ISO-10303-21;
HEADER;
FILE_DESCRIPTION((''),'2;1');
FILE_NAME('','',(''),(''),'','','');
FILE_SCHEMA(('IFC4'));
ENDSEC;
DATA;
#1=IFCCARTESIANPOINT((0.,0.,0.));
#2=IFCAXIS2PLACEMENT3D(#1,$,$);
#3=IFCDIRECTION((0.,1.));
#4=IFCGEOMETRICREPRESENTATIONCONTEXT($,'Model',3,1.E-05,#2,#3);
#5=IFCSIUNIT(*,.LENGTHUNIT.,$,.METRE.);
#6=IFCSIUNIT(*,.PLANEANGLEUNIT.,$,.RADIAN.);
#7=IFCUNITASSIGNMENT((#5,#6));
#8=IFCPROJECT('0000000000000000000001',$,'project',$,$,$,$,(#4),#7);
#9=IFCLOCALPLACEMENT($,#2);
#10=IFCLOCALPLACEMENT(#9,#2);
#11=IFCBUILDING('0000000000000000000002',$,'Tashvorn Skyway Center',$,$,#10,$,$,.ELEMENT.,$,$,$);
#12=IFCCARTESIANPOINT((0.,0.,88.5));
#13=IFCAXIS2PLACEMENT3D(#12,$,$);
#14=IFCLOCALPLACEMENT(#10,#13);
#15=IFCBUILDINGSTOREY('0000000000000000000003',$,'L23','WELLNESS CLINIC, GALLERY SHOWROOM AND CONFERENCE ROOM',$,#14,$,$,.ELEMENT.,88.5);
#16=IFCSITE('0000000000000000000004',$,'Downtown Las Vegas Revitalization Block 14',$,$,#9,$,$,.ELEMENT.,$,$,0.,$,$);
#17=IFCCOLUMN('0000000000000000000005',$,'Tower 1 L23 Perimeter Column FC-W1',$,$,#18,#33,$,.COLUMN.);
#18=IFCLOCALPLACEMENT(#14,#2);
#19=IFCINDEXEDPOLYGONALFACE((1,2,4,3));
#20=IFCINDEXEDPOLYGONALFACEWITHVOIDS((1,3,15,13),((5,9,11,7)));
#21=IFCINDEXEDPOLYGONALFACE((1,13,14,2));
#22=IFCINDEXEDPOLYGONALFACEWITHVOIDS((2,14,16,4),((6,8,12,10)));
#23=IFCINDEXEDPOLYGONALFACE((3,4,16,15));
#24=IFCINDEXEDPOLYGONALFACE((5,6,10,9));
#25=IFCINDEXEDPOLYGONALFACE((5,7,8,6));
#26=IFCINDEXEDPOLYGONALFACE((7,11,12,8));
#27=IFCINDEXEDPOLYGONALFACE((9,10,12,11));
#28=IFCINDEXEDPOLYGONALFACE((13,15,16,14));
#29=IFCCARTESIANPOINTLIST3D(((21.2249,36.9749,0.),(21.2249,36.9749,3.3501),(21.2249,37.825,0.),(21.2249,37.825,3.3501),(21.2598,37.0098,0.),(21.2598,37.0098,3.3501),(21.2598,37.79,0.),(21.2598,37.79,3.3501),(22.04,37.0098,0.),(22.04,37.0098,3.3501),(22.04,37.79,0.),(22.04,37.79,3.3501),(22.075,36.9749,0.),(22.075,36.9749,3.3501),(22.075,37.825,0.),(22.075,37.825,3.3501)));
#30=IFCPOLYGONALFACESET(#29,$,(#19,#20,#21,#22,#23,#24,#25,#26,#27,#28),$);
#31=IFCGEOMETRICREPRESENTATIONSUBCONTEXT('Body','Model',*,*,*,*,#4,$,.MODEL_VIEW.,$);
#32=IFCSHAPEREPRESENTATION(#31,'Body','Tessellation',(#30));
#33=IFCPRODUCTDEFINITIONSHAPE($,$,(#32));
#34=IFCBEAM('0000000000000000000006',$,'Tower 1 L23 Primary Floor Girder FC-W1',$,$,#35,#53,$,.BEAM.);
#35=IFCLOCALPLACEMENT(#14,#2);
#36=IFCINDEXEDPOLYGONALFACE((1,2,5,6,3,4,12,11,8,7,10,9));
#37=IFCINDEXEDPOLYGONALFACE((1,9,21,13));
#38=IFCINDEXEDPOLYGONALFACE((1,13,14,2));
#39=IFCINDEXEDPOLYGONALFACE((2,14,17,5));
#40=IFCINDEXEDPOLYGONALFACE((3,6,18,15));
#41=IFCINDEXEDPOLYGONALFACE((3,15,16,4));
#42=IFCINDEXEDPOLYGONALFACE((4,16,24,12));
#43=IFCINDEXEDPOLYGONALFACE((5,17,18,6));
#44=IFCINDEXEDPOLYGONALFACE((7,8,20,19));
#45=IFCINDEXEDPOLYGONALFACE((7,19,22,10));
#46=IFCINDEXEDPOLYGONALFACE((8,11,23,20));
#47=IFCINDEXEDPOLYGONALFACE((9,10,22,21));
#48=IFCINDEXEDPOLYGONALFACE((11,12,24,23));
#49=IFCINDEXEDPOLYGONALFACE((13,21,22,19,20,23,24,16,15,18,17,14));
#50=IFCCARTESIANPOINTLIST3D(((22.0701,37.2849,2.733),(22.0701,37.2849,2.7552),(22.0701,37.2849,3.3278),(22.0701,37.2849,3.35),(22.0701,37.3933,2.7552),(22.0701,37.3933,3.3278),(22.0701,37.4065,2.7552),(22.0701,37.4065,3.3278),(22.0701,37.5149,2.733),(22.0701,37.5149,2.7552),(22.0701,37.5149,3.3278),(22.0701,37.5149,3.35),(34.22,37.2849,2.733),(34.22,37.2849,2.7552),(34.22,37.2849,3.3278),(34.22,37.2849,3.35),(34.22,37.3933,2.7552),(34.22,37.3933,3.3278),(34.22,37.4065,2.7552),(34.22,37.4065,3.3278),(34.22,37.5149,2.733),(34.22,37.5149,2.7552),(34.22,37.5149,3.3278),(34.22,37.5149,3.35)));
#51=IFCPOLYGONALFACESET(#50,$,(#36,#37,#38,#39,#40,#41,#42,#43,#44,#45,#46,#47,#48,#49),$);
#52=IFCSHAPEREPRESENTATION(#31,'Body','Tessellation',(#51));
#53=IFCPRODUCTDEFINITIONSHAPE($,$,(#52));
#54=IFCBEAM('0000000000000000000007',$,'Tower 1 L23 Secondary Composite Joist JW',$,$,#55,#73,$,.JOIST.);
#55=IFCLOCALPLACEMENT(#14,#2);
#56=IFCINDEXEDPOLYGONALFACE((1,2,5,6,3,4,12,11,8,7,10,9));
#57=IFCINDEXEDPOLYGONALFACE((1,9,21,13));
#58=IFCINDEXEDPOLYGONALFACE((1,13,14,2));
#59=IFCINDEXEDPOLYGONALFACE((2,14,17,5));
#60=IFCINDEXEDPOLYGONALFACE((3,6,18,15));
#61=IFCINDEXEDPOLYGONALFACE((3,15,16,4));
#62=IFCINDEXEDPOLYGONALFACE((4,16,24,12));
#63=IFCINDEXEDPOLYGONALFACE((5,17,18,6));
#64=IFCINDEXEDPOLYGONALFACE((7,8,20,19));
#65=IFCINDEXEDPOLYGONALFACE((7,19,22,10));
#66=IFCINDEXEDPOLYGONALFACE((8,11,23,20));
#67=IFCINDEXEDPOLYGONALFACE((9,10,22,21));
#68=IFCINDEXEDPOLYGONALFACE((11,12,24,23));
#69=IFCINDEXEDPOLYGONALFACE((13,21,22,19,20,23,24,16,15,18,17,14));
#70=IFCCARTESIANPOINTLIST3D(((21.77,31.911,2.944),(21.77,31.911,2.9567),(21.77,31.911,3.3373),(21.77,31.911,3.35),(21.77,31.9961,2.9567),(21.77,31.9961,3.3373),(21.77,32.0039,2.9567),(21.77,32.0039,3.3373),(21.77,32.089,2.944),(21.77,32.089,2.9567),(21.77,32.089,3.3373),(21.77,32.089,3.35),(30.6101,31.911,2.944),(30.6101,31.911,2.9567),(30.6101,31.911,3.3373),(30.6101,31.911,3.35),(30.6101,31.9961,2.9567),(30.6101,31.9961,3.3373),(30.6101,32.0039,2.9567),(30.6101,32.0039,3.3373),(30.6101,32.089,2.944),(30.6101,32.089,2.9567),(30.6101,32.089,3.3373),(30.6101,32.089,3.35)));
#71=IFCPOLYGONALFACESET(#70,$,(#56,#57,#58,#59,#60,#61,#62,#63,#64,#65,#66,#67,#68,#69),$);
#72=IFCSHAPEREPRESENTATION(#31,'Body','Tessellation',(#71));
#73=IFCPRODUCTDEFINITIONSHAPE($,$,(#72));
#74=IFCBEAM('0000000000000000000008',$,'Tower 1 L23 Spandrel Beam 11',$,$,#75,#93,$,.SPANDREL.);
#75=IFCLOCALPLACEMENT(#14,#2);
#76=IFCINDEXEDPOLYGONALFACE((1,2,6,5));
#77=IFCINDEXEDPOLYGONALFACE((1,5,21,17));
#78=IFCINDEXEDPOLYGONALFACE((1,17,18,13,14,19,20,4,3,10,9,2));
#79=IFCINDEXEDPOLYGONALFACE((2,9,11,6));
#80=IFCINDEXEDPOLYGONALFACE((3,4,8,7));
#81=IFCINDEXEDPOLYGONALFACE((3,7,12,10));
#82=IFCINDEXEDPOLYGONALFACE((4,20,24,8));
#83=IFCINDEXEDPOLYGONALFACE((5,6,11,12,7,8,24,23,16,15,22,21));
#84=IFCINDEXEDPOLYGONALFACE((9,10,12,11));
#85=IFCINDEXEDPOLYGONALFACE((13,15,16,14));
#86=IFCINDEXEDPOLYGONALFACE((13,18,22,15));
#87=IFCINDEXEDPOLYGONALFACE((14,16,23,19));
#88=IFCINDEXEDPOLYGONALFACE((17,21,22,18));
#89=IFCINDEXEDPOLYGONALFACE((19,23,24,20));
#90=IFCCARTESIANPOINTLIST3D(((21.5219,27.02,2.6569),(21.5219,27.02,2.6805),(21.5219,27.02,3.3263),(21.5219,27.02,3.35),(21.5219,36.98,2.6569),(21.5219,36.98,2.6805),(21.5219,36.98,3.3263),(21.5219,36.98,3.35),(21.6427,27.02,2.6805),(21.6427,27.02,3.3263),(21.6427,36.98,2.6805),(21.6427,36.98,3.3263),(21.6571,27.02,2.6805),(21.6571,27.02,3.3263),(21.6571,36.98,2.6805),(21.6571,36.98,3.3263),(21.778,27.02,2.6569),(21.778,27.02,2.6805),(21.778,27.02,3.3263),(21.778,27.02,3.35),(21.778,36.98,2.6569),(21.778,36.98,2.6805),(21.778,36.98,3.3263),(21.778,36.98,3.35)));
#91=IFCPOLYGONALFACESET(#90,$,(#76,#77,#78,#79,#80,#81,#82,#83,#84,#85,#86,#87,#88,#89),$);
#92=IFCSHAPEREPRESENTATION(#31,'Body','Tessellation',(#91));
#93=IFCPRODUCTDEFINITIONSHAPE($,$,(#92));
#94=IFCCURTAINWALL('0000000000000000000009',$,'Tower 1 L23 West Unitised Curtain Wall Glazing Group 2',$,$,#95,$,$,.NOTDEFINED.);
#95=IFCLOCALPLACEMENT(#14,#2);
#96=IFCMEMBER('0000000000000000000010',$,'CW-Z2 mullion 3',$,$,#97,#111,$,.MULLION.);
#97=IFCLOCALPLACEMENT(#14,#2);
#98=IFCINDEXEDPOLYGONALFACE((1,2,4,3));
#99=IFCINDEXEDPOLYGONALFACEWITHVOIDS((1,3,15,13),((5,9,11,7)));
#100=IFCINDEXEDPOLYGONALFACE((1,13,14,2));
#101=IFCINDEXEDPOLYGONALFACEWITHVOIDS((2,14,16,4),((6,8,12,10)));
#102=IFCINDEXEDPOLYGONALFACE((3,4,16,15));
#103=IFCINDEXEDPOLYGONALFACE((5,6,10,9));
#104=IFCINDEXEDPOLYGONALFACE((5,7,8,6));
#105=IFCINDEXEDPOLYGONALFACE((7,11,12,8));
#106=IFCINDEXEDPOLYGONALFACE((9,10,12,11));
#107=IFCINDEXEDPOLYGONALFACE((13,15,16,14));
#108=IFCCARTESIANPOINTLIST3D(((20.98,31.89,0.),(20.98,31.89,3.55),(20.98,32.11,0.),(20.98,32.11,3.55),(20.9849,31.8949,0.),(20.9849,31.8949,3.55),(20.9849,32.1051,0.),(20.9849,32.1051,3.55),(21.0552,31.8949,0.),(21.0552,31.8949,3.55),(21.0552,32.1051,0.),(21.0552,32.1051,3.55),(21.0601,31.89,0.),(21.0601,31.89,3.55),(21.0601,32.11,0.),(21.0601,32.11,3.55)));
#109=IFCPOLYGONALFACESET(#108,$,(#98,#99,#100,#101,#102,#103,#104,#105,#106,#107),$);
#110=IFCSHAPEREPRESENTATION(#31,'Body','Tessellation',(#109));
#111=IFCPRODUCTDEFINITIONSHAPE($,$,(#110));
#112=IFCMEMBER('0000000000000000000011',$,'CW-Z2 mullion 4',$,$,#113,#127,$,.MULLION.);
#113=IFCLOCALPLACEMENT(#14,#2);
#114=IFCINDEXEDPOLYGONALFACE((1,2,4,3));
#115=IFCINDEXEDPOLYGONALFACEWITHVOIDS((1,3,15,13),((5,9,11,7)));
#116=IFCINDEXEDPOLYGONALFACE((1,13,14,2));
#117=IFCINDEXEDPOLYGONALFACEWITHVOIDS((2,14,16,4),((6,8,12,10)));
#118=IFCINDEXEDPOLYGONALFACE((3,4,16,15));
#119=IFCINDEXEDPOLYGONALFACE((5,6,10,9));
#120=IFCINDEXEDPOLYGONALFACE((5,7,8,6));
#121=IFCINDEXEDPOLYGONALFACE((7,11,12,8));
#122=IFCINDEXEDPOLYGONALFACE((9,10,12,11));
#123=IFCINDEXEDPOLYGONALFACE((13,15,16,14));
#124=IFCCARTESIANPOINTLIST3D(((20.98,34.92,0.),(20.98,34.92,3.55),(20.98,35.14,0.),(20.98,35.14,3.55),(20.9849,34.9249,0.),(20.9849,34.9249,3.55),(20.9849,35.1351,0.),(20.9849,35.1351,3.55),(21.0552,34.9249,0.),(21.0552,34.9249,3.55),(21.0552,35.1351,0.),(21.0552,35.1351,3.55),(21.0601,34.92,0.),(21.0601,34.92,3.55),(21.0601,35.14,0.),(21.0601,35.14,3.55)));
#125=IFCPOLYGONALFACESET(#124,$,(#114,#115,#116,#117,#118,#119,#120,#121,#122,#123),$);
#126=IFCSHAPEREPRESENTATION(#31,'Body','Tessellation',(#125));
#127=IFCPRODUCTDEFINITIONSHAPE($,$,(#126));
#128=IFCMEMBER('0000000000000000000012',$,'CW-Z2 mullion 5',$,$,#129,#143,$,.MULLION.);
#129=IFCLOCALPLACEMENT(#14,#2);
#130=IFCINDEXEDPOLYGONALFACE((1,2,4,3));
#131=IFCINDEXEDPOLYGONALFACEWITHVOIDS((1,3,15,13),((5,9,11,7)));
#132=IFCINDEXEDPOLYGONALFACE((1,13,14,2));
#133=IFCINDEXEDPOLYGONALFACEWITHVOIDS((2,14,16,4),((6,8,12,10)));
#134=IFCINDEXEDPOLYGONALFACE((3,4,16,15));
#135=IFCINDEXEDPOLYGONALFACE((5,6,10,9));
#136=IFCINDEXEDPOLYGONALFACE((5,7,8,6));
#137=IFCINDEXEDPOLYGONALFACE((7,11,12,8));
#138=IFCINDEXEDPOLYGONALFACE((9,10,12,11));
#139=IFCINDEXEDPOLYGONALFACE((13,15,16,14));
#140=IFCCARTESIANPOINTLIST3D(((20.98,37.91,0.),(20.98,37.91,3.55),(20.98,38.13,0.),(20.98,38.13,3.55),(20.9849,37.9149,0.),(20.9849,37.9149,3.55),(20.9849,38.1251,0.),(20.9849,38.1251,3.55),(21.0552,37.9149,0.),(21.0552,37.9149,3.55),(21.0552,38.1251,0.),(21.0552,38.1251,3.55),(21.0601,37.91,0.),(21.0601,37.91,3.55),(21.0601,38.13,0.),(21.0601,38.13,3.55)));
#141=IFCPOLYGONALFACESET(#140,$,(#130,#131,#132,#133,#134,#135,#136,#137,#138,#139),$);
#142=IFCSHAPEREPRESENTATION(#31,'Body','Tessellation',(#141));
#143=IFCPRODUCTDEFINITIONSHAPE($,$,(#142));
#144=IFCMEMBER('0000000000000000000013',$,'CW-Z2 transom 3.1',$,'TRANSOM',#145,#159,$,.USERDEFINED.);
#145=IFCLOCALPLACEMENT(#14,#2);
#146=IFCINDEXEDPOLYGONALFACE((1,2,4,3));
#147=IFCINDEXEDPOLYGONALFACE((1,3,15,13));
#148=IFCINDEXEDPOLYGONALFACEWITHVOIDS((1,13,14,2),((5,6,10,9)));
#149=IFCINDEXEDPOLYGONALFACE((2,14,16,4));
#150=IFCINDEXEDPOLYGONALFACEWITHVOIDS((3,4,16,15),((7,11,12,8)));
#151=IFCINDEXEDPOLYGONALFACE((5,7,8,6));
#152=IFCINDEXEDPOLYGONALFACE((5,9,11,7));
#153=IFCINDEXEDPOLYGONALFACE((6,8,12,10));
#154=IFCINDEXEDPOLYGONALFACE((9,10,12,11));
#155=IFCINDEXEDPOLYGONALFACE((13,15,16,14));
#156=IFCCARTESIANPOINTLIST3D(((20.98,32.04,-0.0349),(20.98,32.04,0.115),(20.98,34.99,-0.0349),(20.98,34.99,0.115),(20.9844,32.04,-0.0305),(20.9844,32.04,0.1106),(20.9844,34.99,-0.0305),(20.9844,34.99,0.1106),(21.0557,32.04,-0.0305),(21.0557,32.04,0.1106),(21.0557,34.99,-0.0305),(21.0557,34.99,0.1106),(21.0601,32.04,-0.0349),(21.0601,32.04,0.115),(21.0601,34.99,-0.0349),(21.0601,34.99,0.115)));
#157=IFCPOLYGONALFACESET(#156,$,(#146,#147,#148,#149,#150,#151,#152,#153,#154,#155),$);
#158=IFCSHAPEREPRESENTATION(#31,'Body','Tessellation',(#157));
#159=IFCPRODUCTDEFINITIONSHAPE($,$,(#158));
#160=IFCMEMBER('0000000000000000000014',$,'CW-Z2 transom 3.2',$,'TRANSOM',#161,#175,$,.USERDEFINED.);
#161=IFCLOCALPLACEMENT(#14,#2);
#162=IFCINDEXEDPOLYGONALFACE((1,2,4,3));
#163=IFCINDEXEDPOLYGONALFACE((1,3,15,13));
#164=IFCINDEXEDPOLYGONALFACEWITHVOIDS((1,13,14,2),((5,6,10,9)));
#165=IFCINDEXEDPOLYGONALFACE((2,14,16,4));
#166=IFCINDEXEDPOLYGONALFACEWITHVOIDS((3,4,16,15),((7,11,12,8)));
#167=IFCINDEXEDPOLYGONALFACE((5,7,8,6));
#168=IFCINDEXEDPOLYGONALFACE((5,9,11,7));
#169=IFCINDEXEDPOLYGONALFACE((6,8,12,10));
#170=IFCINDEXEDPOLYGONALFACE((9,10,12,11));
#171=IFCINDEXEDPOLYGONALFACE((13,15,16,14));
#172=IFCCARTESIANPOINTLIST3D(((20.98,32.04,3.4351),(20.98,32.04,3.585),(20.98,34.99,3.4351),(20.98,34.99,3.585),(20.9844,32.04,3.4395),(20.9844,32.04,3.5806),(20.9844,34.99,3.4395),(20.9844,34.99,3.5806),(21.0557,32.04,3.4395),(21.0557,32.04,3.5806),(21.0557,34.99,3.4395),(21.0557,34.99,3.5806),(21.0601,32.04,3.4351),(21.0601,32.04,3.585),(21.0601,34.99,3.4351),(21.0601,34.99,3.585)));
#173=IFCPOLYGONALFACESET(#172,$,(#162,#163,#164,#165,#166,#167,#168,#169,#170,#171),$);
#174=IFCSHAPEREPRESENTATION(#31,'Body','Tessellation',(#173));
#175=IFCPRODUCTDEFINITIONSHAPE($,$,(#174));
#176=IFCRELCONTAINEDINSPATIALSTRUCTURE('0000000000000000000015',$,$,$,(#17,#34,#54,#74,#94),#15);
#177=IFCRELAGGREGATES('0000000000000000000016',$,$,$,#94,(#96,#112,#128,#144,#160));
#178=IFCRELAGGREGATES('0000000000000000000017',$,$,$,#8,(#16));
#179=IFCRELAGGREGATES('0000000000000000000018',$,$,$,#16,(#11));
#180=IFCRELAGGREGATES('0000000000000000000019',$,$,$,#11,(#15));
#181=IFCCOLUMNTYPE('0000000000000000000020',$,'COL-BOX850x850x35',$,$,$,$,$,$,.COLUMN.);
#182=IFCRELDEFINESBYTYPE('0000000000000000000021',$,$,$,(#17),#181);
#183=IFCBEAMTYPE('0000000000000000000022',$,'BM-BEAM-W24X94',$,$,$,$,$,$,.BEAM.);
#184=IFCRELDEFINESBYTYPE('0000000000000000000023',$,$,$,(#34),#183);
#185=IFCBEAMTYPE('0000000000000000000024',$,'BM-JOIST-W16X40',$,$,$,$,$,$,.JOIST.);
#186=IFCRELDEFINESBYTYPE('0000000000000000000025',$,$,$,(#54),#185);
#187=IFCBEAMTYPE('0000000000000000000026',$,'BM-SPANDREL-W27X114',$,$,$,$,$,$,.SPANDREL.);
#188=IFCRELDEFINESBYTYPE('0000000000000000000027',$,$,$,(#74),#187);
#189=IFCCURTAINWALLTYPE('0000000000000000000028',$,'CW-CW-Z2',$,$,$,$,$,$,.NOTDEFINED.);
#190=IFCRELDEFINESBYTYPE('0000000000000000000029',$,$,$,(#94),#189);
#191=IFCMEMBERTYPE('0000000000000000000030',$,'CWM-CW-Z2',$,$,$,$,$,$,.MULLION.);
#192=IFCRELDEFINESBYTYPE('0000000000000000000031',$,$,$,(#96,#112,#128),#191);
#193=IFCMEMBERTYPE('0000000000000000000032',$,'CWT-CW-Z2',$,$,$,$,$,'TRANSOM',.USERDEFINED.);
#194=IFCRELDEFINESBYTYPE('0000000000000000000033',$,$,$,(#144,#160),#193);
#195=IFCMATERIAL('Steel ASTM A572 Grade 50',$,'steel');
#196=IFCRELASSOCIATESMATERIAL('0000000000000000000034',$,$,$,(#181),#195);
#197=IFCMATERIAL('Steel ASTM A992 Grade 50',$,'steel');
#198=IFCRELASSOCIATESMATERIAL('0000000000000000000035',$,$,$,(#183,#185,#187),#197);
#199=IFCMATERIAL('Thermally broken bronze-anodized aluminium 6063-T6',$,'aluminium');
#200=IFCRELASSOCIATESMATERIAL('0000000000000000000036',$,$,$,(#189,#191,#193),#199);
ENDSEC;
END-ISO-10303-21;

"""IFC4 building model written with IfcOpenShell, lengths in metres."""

from ifc_helpers import new_model, si_unit, direction, frame, origin, origin_2d, place, context, subcontext, project, spatial, hollow_rectangle, i_section, extrude, material, material_profile, profile_set, type_object, element, aggregate, save


model = new_model("IFC4")

# Units and contexts
model_context = context("Model", 3, precision=1e-05, world=origin(), true_north=direction((0.0, 1.0)))
body_context = subcontext(model_context, "Body", "Model", "MODEL_VIEW")
ifc_project = project(units=[si_unit("LENGTHUNIT", "METRE"), si_unit("PLANEANGLEUNIT", "RADIAN")], contexts=[model_context])

# Site, building, storey
site_placement = place(None, origin())
site = spatial("IfcSite", under=ifc_project, at=site_placement, Name="Downtown Las Vegas Revitalization Block 14", CompositionType="ELEMENT", RefElevation=0.0)
building_placement = place(site_placement, origin())
building = spatial("IfcBuilding", under=site, at=building_placement, Name="Tashvorn Skyway Center", CompositionType="ELEMENT")
storey_placement = place(building_placement, frame((0.0, 0.0, 88.5)))
storey = spatial("IfcBuildingStorey", under=building, at=storey_placement, Name="L23", Description="WELLNESS CLINIC, GALLERY SHOWROOM AND CONFERENCE ROOM", CompositionType="ELEMENT", Elevation=88.5)

# Column
ifc_material_1 = material(Name="Steel ASTM A572 Grade 50", Category="steel")
ifc_material_profile_1 = material_profile(ifc_material_1, hollow_rectangle(XDim=0.8501, YDim=0.8501, WallThickness=0.0349, at=origin_2d()), Name="BOX850x850x35")
ifc_profile_set_1 = profile_set([ifc_material_profile_1], Name="Steel ASTM A572 Grade 50")
column_type = type_object("IfcColumnType", Name="COL-BOX850x850x35", PredefinedType="COLUMN", material=ifc_profile_set_1)
column_placement = place(storey_placement, frame((21.6499, 37.3999, 0.0), z_axis=(0.0, 0.0, 1.0), x_axis=(1.0, 0.0, 0.0)))
element("IfcColumn", 1, at=column_placement, inside=storey, type_object=column_type, Name="Tower 1 L23 Perimeter Column FC-W1", PredefinedType="COLUMN", context=body_context, shape_type="SweptSolid", body=[
    extrude(hollow_rectangle(XDim=0.8501, YDim=0.8501, WallThickness=0.0349, at=origin_2d()), origin(), (0.0, 0.0, 1.0), 3.3501),
])

# Beams
ifc_material_2 = material(Name="Steel ASTM A992 Grade 50", Category="steel")
ifc_material_profile_2 = material_profile(ifc_material_2, i_section(OverallWidth=0.23, OverallDepth=0.6169, WebThickness=0.0132, FlangeThickness=0.0222, at=origin_2d()), Name="W24X94")
ifc_profile_set_2 = profile_set([ifc_material_profile_2], Name="Steel ASTM A992 Grade 50")
beam_type_1 = type_object("IfcBeamType", Name="BM-BEAM-W24X94", PredefinedType="BEAM", material=ifc_profile_set_2)
beam_1_placement = place(storey_placement, frame((22.0701, 37.3999, 3.0415), z_axis=(1.0, 0.0, 0.0), x_axis=(0.0, 1.0, 0.0)))
element("IfcBeam", 2, at=beam_1_placement, inside=storey, type_object=beam_type_1, Name="Tower 1 L23 Primary Floor Girder FC-W1", PredefinedType="BEAM", context=body_context, shape_type="SweptSolid", body=[
    extrude(i_section(OverallWidth=0.23, OverallDepth=0.6169, WebThickness=0.0132, FlangeThickness=0.0222, at=origin_2d()), origin(), (0.0, 0.0, 1.0), 12.1499),
])
ifc_material_profile_3 = material_profile(ifc_material_2, i_section(OverallWidth=0.178, OverallDepth=0.406, WebThickness=0.0078, FlangeThickness=0.0127, at=origin_2d()), Name="W16X40")
ifc_profile_set_3 = profile_set([ifc_material_profile_3], Name="Steel ASTM A992 Grade 50")
beam_type_2 = type_object("IfcBeamType", Name="BM-JOIST-W16X40", PredefinedType="JOIST", material=ifc_profile_set_3)
beam_2_placement = place(storey_placement, frame((30.6101, 32.0, 3.147), z_axis=(-1.0, 0.0, 0.0), x_axis=(0.0, -1.0, 0.0)))
element("IfcBeam", 3, at=beam_2_placement, inside=storey, type_object=beam_type_2, Name="Tower 1 L23 Secondary Composite Joist JW", PredefinedType="JOIST", context=body_context, shape_type="SweptSolid", body=[
    extrude(i_section(OverallWidth=0.178, OverallDepth=0.406, WebThickness=0.0078, FlangeThickness=0.0127, at=origin_2d()), origin(), (0.0, 0.0, 1.0), 8.8401),
])
ifc_material_profile_4 = material_profile(ifc_material_2, i_section(OverallWidth=0.2561, OverallDepth=0.6931, WebThickness=0.0144, FlangeThickness=0.0237, at=origin_2d()), Name="W27X114")
ifc_profile_set_4 = profile_set([ifc_material_profile_4], Name="Steel ASTM A992 Grade 50")
beam_type_3 = type_object("IfcBeamType", Name="BM-SPANDREL-W27X114", PredefinedType="SPANDREL", material=ifc_profile_set_4)
beam_3_placement = place(storey_placement, frame((21.6499, 36.98, 3.0034), z_axis=(0.0, -1.0, 0.0), x_axis=(1.0, 0.0, 0.0)))
element("IfcBeam", 4, at=beam_3_placement, inside=storey, type_object=beam_type_3, Name="Tower 1 L23 Spandrel Beam 11", PredefinedType="SPANDREL", context=body_context, shape_type="SweptSolid", body=[
    extrude(i_section(OverallWidth=0.2561, OverallDepth=0.6931, WebThickness=0.0144, FlangeThickness=0.0237, at=origin_2d()), origin(), (0.0, 0.0, 1.0), 9.96),
])

# Curtain wall, members
ifc_material_3 = material(Name="Thermally broken bronze-anodized aluminium 6063-T6", Category="aluminium")
curtain_wall_type = type_object("IfcCurtainWallType", Name="CW-CW-Z2", PredefinedType="NOTDEFINED", material=ifc_material_3)
curtain_wall_placement = place(storey_placement, origin())
curtain_wall = element("IfcCurtainWall", 5, at=curtain_wall_placement, inside=storey, type_object=curtain_wall_type, Name="Tower 1 L23 West Unitised Curtain Wall Glazing Group 2", PredefinedType="NOTDEFINED")
ifc_material_profile_5 = material_profile(ifc_material_3, hollow_rectangle(XDim=0.0801, YDim=0.22, WallThickness=0.0049, at=origin_2d()), Name="ALU-MULL-80x220")
ifc_profile_set_5 = profile_set([ifc_material_profile_5], Name="Thermally broken bronze-anodized aluminium 6063-T6")
member_type_1 = type_object("IfcMemberType", Name="CWM-CW-Z2", PredefinedType="MULLION", material=ifc_profile_set_5)
member_1_placement = place(storey_placement, frame((21.02, 32.0, 0.0), z_axis=(0.0, 0.0, 1.0), x_axis=(-1.0, 0.0, 0.0)))
member_1 = element("IfcMember", 6, at=member_1_placement, type_object=member_type_1, Name="CW-Z2 mullion 3", PredefinedType="MULLION", context=body_context, shape_type="SweptSolid", body=[
    extrude(hollow_rectangle(XDim=0.0801, YDim=0.22, WallThickness=0.0049, at=origin_2d()), origin(), (0.0, 0.0, 1.0), 3.55),
])
member_2_placement = place(storey_placement, frame((21.02, 35.03, 0.0), z_axis=(0.0, 0.0, 1.0), x_axis=(-1.0, 0.0, 0.0)))
member_2 = element("IfcMember", 7, at=member_2_placement, type_object=member_type_1, Name="CW-Z2 mullion 4", PredefinedType="MULLION", context=body_context, shape_type="SweptSolid", body=[
    extrude(hollow_rectangle(XDim=0.0801, YDim=0.22, WallThickness=0.0049, at=origin_2d()), origin(), (0.0, 0.0, 1.0), 3.55),
])
member_3_placement = place(storey_placement, frame((21.02, 38.02, 0.0), z_axis=(0.0, 0.0, 1.0), x_axis=(-1.0, 0.0, 0.0)))
member_3 = element("IfcMember", 8, at=member_3_placement, type_object=member_type_1, Name="CW-Z2 mullion 5", PredefinedType="MULLION", context=body_context, shape_type="SweptSolid", body=[
    extrude(hollow_rectangle(XDim=0.0801, YDim=0.22, WallThickness=0.0049, at=origin_2d()), origin(), (0.0, 0.0, 1.0), 3.55),
])
ifc_material_profile_6 = material_profile(ifc_material_3, hollow_rectangle(XDim=0.0801, YDim=0.1499, WallThickness=0.0044, at=origin_2d()), Name="ALU-TRAN-80x150")
ifc_profile_set_6 = profile_set([ifc_material_profile_6], Name="Thermally broken bronze-anodized aluminium 6063-T6")
member_type_2 = type_object("IfcMemberType", Name="CWT-CW-Z2", ElementType="TRANSOM", PredefinedType="USERDEFINED", material=ifc_profile_set_6)
member_4_placement = place(storey_placement, frame((21.02, 32.04, 0.04), z_axis=(0.0, 1.0, 0.0), x_axis=(-1.0, 0.0, 0.0)))
member_4 = element("IfcMember", 9, at=member_4_placement, type_object=member_type_2, Name="CW-Z2 transom 3.1", ObjectType="TRANSOM", PredefinedType="USERDEFINED", context=body_context, shape_type="SweptSolid", body=[
    extrude(hollow_rectangle(XDim=0.0801, YDim=0.1499, WallThickness=0.0044, at=origin_2d()), origin(), (0.0, 0.0, 1.0), 2.95),
])
member_5_placement = place(storey_placement, frame((21.02, 32.04, 3.51), z_axis=(0.0, 1.0, 0.0), x_axis=(-1.0, 0.0, 0.0)))
member_5 = element("IfcMember", 10, at=member_5_placement, type_object=member_type_2, Name="CW-Z2 transom 3.2", ObjectType="TRANSOM", PredefinedType="USERDEFINED", context=body_context, shape_type="SweptSolid", body=[
    extrude(hollow_rectangle(XDim=0.0801, YDim=0.1499, WallThickness=0.0044, at=origin_2d()), origin(), (0.0, 0.0, 1.0), 2.95),
])
aggregate(curtain_wall, [member_1, member_2, member_3, member_4, member_5])

save(model, "model.ifc")
